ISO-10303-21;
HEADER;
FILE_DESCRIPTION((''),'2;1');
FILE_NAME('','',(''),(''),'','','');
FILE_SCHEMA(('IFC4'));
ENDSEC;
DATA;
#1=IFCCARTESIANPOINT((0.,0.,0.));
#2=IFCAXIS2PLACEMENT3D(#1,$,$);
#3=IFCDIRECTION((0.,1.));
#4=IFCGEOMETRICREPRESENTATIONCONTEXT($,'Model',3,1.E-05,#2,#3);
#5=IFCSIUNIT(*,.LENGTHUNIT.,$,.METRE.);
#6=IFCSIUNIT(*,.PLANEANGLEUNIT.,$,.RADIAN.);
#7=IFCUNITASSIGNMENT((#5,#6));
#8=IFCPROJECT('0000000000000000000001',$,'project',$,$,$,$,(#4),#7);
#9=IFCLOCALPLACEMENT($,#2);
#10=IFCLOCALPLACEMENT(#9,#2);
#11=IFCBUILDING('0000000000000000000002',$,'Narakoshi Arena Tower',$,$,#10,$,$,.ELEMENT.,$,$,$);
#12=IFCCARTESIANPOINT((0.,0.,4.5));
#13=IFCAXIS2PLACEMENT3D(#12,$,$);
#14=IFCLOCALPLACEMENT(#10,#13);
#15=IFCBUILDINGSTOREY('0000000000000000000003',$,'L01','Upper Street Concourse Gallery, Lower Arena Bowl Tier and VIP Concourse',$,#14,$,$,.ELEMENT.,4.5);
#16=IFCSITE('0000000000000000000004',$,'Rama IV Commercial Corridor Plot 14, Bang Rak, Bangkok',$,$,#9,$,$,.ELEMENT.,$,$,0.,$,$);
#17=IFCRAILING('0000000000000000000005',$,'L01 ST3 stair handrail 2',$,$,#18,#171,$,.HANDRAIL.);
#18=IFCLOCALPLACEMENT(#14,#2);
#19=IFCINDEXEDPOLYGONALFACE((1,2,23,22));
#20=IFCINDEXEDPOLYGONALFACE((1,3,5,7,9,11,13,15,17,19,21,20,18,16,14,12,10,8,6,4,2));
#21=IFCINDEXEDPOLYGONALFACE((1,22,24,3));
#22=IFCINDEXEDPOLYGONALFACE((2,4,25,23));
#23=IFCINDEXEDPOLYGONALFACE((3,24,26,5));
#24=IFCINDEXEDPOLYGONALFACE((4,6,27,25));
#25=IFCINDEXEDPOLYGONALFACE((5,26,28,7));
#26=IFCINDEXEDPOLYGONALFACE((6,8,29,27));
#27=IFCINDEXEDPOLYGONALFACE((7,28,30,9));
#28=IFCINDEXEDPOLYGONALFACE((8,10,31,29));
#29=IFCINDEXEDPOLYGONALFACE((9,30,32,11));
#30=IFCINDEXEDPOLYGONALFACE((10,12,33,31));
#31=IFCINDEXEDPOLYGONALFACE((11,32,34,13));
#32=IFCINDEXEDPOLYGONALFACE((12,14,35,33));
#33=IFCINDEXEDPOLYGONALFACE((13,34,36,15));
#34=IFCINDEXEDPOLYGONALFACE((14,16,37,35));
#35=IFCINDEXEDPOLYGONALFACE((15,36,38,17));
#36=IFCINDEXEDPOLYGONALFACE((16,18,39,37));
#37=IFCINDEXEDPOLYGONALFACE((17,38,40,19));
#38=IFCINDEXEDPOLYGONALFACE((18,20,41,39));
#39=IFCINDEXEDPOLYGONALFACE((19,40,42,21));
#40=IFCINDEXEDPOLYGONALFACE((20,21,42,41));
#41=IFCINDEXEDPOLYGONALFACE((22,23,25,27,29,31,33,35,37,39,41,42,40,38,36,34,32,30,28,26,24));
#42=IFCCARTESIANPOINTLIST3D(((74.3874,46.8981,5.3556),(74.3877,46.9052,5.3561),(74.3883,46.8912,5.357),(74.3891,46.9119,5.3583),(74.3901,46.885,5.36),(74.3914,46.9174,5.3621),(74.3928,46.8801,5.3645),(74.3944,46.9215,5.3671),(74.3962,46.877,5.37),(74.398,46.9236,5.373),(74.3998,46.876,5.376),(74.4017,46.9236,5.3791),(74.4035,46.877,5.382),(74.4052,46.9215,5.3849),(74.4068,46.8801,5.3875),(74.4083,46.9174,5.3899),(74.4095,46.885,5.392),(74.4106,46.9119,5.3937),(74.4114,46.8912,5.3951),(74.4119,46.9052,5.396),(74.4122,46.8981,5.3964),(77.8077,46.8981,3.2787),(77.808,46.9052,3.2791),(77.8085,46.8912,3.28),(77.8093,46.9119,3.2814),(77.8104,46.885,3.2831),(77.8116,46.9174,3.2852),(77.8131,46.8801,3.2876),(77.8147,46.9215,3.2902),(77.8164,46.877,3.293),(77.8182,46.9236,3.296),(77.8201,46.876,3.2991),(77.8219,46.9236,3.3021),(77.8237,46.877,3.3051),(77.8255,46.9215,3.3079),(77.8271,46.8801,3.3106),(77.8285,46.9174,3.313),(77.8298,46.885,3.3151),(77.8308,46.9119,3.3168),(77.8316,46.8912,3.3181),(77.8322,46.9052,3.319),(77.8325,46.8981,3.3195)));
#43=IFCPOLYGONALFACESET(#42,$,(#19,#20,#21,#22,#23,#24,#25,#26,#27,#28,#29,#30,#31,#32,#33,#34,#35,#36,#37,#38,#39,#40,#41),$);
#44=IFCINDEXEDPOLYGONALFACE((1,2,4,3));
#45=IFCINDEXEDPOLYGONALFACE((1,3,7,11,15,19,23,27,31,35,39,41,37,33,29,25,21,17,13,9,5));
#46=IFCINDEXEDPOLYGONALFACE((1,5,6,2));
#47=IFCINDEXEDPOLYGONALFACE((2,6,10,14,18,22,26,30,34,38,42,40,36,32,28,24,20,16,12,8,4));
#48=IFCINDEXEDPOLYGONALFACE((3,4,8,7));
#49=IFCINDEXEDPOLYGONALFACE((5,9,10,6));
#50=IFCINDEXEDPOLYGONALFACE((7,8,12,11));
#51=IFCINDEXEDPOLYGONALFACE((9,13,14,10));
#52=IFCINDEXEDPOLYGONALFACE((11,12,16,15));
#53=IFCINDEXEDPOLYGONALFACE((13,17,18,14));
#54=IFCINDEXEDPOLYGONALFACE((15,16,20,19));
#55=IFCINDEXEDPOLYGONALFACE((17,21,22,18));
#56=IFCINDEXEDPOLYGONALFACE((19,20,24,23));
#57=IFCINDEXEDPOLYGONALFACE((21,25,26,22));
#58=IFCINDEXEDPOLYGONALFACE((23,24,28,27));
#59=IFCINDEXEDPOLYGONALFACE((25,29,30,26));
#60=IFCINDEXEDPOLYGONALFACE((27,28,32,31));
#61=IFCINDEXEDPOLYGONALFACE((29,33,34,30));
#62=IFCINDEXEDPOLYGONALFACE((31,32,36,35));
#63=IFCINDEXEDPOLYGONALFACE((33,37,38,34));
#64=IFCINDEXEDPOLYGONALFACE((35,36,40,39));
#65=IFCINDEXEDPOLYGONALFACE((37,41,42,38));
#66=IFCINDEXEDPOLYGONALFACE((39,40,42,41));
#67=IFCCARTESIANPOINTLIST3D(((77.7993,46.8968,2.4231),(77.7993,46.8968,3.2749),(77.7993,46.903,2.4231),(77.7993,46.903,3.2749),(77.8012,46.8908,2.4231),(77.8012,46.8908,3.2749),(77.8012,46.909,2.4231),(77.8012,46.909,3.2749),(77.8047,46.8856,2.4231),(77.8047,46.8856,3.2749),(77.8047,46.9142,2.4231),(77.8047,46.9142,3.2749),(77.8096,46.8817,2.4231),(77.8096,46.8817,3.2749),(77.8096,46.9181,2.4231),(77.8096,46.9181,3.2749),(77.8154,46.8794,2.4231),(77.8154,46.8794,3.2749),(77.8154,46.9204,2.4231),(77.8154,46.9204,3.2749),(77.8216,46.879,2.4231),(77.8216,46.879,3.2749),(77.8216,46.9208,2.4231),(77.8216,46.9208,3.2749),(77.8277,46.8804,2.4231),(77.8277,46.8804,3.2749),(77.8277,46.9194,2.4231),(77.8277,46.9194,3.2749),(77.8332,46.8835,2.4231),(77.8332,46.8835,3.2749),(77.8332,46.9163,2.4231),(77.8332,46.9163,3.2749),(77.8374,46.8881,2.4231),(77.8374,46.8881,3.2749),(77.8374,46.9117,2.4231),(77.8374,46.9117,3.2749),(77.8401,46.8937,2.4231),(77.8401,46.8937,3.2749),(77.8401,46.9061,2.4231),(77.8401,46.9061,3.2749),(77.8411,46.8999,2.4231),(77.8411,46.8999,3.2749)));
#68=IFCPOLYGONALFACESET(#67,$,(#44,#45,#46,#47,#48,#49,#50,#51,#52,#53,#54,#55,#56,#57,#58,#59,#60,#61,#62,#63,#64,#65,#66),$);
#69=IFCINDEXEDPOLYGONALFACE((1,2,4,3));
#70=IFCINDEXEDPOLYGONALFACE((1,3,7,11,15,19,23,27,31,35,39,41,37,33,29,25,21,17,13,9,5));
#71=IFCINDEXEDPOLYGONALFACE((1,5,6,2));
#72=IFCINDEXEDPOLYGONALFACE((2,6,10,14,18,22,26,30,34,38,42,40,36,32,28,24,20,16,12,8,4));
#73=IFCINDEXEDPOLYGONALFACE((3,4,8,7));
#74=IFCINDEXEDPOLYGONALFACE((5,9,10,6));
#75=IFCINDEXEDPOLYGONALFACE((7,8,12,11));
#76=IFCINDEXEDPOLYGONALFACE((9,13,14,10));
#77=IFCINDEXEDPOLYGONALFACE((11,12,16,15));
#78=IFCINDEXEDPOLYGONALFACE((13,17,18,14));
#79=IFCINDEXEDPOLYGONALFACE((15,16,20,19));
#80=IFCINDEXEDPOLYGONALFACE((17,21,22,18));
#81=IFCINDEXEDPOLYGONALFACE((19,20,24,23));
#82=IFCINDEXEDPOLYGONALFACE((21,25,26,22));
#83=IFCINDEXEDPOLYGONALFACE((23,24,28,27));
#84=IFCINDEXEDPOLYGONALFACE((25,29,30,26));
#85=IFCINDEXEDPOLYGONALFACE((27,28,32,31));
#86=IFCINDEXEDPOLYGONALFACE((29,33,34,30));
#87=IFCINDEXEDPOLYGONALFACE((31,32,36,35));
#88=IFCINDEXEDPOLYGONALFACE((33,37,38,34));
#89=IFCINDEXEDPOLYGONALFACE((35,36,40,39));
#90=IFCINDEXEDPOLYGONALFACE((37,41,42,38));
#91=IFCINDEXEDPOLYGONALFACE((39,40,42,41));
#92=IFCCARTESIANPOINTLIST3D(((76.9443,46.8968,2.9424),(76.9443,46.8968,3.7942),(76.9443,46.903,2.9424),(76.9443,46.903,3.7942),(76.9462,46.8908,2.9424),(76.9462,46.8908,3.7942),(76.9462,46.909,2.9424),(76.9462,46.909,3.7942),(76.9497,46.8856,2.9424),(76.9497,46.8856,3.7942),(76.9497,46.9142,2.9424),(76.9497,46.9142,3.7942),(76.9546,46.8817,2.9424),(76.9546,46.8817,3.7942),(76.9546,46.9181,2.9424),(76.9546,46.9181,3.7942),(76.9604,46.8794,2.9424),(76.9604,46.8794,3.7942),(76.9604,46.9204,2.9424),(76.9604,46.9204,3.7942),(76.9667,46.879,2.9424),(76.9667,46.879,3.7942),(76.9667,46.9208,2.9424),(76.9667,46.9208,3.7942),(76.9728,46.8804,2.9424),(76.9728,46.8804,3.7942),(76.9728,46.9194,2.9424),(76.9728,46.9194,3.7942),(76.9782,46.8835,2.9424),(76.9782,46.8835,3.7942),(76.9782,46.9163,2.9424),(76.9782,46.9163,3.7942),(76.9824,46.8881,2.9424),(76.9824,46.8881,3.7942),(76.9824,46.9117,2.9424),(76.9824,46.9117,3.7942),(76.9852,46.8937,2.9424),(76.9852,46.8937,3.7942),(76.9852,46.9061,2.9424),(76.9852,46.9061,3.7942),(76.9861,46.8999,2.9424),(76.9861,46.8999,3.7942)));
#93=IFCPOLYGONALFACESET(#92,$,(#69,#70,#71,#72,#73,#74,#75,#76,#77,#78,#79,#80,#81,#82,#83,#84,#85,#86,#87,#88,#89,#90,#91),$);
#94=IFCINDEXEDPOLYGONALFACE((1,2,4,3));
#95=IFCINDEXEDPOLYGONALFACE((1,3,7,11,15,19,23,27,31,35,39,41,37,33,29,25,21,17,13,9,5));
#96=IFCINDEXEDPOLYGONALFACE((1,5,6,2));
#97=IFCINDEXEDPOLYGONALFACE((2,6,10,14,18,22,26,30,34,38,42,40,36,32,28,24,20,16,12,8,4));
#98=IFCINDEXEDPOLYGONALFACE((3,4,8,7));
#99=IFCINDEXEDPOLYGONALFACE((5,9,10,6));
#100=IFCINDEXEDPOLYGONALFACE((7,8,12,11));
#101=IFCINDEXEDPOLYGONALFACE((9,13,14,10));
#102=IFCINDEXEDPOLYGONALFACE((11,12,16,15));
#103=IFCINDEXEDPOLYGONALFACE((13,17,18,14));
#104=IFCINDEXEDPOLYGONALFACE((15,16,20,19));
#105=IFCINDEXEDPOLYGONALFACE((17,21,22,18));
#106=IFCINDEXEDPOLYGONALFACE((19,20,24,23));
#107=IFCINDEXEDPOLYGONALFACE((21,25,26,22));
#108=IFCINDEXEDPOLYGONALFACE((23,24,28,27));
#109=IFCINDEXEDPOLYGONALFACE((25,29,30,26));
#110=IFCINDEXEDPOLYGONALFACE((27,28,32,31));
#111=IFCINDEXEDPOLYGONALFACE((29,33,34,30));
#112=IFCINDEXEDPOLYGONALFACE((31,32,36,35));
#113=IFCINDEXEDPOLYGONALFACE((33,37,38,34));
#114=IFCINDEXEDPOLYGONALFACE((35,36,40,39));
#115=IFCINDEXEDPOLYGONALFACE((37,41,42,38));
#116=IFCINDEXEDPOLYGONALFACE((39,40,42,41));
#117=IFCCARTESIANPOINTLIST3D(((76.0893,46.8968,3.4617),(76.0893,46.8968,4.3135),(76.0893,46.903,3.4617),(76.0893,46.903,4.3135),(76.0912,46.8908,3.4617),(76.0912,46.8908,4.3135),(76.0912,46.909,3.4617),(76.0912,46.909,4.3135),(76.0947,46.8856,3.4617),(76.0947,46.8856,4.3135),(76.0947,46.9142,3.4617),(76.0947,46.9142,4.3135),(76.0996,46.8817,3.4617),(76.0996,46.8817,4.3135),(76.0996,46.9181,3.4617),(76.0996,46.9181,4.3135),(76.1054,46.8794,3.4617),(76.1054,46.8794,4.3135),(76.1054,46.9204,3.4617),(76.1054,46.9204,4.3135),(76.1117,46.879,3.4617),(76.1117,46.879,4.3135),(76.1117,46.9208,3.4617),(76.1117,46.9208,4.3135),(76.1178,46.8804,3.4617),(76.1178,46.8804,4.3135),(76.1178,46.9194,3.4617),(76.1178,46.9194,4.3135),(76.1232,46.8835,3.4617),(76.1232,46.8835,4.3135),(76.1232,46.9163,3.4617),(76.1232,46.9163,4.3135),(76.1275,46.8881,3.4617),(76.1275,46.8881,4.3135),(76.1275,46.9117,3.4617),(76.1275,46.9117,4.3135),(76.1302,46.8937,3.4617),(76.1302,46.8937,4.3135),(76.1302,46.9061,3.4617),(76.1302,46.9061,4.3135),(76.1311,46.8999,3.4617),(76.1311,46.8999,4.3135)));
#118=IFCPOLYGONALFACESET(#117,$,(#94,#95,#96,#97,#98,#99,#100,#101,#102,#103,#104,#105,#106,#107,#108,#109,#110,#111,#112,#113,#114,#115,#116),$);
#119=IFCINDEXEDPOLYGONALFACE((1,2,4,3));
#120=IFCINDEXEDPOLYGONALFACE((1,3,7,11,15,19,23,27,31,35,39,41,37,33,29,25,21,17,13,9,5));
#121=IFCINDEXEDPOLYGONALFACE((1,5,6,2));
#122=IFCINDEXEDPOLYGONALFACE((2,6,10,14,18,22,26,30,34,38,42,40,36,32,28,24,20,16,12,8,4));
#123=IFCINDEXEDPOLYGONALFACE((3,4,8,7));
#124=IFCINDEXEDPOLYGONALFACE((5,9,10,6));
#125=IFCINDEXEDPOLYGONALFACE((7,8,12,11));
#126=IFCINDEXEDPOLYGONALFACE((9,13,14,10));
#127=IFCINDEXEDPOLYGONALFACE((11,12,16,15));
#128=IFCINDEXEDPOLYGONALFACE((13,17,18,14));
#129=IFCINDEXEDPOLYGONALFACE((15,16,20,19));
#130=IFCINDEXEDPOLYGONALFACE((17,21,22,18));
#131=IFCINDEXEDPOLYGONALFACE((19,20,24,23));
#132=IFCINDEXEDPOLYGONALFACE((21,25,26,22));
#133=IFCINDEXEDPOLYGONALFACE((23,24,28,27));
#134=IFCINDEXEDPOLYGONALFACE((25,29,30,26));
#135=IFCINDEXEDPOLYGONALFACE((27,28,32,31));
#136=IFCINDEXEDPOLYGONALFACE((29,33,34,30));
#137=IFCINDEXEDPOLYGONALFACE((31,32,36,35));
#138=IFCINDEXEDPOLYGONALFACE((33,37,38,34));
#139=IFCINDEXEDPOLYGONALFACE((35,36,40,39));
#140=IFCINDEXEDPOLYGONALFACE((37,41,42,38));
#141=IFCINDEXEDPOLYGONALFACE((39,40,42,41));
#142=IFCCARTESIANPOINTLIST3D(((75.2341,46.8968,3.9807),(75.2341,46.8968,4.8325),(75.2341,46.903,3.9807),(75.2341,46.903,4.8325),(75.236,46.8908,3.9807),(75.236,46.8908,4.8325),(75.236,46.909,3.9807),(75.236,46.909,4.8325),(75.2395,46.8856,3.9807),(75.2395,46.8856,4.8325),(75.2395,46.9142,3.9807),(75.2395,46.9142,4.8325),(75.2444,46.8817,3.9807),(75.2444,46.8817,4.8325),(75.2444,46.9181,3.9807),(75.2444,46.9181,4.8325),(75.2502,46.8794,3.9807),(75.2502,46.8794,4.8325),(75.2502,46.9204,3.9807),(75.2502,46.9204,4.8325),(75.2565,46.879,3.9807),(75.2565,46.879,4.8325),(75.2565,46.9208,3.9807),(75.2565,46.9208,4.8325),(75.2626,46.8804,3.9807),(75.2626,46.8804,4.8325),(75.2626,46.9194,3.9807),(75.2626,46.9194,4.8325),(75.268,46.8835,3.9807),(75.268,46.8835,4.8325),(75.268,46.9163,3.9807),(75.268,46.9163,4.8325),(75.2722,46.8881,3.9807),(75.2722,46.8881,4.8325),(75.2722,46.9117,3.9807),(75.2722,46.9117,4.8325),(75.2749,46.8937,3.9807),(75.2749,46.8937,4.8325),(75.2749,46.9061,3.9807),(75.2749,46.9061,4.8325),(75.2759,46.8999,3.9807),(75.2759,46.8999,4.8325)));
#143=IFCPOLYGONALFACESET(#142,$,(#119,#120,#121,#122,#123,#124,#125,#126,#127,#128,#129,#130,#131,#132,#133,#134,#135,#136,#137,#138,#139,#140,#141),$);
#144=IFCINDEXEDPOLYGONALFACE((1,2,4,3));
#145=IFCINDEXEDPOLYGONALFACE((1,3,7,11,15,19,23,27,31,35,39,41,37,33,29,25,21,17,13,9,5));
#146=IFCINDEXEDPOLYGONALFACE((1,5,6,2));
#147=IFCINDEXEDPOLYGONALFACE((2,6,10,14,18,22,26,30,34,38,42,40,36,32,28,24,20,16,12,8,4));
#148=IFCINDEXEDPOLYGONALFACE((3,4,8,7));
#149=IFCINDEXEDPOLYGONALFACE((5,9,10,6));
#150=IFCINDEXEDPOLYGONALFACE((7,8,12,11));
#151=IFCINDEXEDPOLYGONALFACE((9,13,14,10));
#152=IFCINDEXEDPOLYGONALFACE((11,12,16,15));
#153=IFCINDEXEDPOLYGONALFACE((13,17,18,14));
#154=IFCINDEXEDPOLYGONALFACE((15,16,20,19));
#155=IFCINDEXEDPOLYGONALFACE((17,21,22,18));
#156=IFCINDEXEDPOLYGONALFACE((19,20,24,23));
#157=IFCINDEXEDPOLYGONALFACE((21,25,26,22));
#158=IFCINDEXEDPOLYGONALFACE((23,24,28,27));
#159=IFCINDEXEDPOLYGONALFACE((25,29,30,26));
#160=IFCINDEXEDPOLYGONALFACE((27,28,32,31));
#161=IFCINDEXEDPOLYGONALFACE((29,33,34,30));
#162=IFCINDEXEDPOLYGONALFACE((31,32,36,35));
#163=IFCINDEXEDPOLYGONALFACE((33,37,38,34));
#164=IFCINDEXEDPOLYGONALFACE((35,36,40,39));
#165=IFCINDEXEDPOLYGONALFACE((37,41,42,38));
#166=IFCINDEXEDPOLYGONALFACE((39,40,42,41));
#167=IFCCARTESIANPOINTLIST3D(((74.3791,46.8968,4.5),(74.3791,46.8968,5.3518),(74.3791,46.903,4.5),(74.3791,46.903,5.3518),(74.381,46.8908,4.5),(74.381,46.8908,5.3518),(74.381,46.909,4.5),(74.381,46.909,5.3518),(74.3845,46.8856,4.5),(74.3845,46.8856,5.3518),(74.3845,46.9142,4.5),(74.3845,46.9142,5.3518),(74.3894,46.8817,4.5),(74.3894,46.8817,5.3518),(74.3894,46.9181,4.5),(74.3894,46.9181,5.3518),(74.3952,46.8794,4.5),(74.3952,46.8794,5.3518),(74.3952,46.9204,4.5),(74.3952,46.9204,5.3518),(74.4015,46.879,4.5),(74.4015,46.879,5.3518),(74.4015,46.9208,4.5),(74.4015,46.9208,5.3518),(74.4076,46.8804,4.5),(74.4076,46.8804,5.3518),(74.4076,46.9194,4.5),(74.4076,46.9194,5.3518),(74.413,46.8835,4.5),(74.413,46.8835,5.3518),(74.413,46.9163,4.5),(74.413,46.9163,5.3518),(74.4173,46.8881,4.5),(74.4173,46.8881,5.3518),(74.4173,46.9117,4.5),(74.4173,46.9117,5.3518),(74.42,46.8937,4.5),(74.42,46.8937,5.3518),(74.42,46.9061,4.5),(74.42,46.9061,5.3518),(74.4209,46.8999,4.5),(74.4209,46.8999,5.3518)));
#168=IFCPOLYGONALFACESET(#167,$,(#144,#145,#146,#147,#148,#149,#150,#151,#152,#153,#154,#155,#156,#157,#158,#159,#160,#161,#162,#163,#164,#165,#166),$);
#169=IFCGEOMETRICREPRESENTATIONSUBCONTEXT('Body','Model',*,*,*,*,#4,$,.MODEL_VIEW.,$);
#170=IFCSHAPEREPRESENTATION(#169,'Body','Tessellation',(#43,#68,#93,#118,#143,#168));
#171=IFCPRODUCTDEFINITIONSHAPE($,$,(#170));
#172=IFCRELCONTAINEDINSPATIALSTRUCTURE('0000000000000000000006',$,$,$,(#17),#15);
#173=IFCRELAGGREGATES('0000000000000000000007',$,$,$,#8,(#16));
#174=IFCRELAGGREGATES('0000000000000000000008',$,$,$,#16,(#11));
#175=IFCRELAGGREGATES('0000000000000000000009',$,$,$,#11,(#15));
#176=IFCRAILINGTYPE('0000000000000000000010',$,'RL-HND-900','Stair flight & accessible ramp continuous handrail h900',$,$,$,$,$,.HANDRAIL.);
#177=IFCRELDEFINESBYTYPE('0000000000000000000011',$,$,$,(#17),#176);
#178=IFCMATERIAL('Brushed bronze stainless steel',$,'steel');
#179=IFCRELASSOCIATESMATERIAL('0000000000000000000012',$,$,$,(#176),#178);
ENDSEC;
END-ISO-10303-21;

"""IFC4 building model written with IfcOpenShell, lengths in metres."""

from ifc_helpers import new_model, si_unit, direction, frame, origin, origin_2d, place, context, subcontext, project, spatial, circle, extrude, material, type_object, element, save


model = new_model("IFC4")

# Units and contexts
model_context = context("Model", 3, precision=1e-05, world=origin(), true_north=direction((0.0, 1.0)))
body_context = subcontext(model_context, "Body", "Model", "MODEL_VIEW")
ifc_project = project(units=[si_unit("LENGTHUNIT", "METRE"), si_unit("PLANEANGLEUNIT", "RADIAN")], contexts=[model_context])

# Site, building, storey
site_placement = place(None, origin())
site = spatial("IfcSite", under=ifc_project, at=site_placement, Name="Rama IV Commercial Corridor Plot 14, Bang Rak, Bangkok", CompositionType="ELEMENT", RefElevation=0.0)
building_placement = place(site_placement, origin())
building = spatial("IfcBuilding", under=site, at=building_placement, Name="Narakoshi Arena Tower", CompositionType="ELEMENT")
storey_placement = place(building_placement, frame((0.0, 0.0, 4.5)))
storey = spatial("IfcBuildingStorey", under=building, at=storey_placement, Name="L01", Description="Upper Street Concourse Gallery, Lower Arena Bowl Tier and VIP Concourse", CompositionType="ELEMENT", Elevation=4.5)

# Railing
ifc_material_1 = material(Name="Brushed bronze stainless steel", Category="steel")
railing_type_1 = type_object("IfcRailingType", Name="RL-HND-900", Description="Stair flight & accessible ramp continuous handrail h900", PredefinedType="HANDRAIL", material=ifc_material_1)
railing_1_placement = place(storey_placement, frame((77.8201, 46.8999, 2.4231)))
element("IfcRailing", 1, at=railing_1_placement, inside=storey, type_object=railing_type_1, Name="L01 ST3 stair handrail 2", PredefinedType="HANDRAIL", context=body_context, shape_type="SweptSolid", body=[
    extrude(circle(Radius=0.0239, at=origin_2d()), frame((0.0, 0.0, 0.876), z_axis=(-0.854746, 0.0, 0.519047), x_axis=(0.0, -1.0, 0.0)), (0.0, 0.0, 1.0), 4.0015),
    extrude(circle(Radius=0.021, at=origin_2d()), origin(), (0.0, 0.0, 1.0), 0.8518),
    extrude(circle(Radius=0.021, at=origin_2d()), frame((-0.855, 0.0, 0.5193)), (0.0, 0.0, 1.0), 0.8518),
    extrude(circle(Radius=0.021, at=origin_2d()), frame((-1.71, 0.0, 1.0386)), (0.0, 0.0, 1.0), 0.8518),
    extrude(circle(Radius=0.021, at=origin_2d()), frame((-2.5652, 0.0, 1.5576)), (0.0, 0.0, 1.0), 0.8518),
    extrude(circle(Radius=0.021, at=origin_2d()), frame((-3.4202, 0.0, 2.0769)), (0.0, 0.0, 1.0), 0.8518),
])

save(model, "model.ifc")
